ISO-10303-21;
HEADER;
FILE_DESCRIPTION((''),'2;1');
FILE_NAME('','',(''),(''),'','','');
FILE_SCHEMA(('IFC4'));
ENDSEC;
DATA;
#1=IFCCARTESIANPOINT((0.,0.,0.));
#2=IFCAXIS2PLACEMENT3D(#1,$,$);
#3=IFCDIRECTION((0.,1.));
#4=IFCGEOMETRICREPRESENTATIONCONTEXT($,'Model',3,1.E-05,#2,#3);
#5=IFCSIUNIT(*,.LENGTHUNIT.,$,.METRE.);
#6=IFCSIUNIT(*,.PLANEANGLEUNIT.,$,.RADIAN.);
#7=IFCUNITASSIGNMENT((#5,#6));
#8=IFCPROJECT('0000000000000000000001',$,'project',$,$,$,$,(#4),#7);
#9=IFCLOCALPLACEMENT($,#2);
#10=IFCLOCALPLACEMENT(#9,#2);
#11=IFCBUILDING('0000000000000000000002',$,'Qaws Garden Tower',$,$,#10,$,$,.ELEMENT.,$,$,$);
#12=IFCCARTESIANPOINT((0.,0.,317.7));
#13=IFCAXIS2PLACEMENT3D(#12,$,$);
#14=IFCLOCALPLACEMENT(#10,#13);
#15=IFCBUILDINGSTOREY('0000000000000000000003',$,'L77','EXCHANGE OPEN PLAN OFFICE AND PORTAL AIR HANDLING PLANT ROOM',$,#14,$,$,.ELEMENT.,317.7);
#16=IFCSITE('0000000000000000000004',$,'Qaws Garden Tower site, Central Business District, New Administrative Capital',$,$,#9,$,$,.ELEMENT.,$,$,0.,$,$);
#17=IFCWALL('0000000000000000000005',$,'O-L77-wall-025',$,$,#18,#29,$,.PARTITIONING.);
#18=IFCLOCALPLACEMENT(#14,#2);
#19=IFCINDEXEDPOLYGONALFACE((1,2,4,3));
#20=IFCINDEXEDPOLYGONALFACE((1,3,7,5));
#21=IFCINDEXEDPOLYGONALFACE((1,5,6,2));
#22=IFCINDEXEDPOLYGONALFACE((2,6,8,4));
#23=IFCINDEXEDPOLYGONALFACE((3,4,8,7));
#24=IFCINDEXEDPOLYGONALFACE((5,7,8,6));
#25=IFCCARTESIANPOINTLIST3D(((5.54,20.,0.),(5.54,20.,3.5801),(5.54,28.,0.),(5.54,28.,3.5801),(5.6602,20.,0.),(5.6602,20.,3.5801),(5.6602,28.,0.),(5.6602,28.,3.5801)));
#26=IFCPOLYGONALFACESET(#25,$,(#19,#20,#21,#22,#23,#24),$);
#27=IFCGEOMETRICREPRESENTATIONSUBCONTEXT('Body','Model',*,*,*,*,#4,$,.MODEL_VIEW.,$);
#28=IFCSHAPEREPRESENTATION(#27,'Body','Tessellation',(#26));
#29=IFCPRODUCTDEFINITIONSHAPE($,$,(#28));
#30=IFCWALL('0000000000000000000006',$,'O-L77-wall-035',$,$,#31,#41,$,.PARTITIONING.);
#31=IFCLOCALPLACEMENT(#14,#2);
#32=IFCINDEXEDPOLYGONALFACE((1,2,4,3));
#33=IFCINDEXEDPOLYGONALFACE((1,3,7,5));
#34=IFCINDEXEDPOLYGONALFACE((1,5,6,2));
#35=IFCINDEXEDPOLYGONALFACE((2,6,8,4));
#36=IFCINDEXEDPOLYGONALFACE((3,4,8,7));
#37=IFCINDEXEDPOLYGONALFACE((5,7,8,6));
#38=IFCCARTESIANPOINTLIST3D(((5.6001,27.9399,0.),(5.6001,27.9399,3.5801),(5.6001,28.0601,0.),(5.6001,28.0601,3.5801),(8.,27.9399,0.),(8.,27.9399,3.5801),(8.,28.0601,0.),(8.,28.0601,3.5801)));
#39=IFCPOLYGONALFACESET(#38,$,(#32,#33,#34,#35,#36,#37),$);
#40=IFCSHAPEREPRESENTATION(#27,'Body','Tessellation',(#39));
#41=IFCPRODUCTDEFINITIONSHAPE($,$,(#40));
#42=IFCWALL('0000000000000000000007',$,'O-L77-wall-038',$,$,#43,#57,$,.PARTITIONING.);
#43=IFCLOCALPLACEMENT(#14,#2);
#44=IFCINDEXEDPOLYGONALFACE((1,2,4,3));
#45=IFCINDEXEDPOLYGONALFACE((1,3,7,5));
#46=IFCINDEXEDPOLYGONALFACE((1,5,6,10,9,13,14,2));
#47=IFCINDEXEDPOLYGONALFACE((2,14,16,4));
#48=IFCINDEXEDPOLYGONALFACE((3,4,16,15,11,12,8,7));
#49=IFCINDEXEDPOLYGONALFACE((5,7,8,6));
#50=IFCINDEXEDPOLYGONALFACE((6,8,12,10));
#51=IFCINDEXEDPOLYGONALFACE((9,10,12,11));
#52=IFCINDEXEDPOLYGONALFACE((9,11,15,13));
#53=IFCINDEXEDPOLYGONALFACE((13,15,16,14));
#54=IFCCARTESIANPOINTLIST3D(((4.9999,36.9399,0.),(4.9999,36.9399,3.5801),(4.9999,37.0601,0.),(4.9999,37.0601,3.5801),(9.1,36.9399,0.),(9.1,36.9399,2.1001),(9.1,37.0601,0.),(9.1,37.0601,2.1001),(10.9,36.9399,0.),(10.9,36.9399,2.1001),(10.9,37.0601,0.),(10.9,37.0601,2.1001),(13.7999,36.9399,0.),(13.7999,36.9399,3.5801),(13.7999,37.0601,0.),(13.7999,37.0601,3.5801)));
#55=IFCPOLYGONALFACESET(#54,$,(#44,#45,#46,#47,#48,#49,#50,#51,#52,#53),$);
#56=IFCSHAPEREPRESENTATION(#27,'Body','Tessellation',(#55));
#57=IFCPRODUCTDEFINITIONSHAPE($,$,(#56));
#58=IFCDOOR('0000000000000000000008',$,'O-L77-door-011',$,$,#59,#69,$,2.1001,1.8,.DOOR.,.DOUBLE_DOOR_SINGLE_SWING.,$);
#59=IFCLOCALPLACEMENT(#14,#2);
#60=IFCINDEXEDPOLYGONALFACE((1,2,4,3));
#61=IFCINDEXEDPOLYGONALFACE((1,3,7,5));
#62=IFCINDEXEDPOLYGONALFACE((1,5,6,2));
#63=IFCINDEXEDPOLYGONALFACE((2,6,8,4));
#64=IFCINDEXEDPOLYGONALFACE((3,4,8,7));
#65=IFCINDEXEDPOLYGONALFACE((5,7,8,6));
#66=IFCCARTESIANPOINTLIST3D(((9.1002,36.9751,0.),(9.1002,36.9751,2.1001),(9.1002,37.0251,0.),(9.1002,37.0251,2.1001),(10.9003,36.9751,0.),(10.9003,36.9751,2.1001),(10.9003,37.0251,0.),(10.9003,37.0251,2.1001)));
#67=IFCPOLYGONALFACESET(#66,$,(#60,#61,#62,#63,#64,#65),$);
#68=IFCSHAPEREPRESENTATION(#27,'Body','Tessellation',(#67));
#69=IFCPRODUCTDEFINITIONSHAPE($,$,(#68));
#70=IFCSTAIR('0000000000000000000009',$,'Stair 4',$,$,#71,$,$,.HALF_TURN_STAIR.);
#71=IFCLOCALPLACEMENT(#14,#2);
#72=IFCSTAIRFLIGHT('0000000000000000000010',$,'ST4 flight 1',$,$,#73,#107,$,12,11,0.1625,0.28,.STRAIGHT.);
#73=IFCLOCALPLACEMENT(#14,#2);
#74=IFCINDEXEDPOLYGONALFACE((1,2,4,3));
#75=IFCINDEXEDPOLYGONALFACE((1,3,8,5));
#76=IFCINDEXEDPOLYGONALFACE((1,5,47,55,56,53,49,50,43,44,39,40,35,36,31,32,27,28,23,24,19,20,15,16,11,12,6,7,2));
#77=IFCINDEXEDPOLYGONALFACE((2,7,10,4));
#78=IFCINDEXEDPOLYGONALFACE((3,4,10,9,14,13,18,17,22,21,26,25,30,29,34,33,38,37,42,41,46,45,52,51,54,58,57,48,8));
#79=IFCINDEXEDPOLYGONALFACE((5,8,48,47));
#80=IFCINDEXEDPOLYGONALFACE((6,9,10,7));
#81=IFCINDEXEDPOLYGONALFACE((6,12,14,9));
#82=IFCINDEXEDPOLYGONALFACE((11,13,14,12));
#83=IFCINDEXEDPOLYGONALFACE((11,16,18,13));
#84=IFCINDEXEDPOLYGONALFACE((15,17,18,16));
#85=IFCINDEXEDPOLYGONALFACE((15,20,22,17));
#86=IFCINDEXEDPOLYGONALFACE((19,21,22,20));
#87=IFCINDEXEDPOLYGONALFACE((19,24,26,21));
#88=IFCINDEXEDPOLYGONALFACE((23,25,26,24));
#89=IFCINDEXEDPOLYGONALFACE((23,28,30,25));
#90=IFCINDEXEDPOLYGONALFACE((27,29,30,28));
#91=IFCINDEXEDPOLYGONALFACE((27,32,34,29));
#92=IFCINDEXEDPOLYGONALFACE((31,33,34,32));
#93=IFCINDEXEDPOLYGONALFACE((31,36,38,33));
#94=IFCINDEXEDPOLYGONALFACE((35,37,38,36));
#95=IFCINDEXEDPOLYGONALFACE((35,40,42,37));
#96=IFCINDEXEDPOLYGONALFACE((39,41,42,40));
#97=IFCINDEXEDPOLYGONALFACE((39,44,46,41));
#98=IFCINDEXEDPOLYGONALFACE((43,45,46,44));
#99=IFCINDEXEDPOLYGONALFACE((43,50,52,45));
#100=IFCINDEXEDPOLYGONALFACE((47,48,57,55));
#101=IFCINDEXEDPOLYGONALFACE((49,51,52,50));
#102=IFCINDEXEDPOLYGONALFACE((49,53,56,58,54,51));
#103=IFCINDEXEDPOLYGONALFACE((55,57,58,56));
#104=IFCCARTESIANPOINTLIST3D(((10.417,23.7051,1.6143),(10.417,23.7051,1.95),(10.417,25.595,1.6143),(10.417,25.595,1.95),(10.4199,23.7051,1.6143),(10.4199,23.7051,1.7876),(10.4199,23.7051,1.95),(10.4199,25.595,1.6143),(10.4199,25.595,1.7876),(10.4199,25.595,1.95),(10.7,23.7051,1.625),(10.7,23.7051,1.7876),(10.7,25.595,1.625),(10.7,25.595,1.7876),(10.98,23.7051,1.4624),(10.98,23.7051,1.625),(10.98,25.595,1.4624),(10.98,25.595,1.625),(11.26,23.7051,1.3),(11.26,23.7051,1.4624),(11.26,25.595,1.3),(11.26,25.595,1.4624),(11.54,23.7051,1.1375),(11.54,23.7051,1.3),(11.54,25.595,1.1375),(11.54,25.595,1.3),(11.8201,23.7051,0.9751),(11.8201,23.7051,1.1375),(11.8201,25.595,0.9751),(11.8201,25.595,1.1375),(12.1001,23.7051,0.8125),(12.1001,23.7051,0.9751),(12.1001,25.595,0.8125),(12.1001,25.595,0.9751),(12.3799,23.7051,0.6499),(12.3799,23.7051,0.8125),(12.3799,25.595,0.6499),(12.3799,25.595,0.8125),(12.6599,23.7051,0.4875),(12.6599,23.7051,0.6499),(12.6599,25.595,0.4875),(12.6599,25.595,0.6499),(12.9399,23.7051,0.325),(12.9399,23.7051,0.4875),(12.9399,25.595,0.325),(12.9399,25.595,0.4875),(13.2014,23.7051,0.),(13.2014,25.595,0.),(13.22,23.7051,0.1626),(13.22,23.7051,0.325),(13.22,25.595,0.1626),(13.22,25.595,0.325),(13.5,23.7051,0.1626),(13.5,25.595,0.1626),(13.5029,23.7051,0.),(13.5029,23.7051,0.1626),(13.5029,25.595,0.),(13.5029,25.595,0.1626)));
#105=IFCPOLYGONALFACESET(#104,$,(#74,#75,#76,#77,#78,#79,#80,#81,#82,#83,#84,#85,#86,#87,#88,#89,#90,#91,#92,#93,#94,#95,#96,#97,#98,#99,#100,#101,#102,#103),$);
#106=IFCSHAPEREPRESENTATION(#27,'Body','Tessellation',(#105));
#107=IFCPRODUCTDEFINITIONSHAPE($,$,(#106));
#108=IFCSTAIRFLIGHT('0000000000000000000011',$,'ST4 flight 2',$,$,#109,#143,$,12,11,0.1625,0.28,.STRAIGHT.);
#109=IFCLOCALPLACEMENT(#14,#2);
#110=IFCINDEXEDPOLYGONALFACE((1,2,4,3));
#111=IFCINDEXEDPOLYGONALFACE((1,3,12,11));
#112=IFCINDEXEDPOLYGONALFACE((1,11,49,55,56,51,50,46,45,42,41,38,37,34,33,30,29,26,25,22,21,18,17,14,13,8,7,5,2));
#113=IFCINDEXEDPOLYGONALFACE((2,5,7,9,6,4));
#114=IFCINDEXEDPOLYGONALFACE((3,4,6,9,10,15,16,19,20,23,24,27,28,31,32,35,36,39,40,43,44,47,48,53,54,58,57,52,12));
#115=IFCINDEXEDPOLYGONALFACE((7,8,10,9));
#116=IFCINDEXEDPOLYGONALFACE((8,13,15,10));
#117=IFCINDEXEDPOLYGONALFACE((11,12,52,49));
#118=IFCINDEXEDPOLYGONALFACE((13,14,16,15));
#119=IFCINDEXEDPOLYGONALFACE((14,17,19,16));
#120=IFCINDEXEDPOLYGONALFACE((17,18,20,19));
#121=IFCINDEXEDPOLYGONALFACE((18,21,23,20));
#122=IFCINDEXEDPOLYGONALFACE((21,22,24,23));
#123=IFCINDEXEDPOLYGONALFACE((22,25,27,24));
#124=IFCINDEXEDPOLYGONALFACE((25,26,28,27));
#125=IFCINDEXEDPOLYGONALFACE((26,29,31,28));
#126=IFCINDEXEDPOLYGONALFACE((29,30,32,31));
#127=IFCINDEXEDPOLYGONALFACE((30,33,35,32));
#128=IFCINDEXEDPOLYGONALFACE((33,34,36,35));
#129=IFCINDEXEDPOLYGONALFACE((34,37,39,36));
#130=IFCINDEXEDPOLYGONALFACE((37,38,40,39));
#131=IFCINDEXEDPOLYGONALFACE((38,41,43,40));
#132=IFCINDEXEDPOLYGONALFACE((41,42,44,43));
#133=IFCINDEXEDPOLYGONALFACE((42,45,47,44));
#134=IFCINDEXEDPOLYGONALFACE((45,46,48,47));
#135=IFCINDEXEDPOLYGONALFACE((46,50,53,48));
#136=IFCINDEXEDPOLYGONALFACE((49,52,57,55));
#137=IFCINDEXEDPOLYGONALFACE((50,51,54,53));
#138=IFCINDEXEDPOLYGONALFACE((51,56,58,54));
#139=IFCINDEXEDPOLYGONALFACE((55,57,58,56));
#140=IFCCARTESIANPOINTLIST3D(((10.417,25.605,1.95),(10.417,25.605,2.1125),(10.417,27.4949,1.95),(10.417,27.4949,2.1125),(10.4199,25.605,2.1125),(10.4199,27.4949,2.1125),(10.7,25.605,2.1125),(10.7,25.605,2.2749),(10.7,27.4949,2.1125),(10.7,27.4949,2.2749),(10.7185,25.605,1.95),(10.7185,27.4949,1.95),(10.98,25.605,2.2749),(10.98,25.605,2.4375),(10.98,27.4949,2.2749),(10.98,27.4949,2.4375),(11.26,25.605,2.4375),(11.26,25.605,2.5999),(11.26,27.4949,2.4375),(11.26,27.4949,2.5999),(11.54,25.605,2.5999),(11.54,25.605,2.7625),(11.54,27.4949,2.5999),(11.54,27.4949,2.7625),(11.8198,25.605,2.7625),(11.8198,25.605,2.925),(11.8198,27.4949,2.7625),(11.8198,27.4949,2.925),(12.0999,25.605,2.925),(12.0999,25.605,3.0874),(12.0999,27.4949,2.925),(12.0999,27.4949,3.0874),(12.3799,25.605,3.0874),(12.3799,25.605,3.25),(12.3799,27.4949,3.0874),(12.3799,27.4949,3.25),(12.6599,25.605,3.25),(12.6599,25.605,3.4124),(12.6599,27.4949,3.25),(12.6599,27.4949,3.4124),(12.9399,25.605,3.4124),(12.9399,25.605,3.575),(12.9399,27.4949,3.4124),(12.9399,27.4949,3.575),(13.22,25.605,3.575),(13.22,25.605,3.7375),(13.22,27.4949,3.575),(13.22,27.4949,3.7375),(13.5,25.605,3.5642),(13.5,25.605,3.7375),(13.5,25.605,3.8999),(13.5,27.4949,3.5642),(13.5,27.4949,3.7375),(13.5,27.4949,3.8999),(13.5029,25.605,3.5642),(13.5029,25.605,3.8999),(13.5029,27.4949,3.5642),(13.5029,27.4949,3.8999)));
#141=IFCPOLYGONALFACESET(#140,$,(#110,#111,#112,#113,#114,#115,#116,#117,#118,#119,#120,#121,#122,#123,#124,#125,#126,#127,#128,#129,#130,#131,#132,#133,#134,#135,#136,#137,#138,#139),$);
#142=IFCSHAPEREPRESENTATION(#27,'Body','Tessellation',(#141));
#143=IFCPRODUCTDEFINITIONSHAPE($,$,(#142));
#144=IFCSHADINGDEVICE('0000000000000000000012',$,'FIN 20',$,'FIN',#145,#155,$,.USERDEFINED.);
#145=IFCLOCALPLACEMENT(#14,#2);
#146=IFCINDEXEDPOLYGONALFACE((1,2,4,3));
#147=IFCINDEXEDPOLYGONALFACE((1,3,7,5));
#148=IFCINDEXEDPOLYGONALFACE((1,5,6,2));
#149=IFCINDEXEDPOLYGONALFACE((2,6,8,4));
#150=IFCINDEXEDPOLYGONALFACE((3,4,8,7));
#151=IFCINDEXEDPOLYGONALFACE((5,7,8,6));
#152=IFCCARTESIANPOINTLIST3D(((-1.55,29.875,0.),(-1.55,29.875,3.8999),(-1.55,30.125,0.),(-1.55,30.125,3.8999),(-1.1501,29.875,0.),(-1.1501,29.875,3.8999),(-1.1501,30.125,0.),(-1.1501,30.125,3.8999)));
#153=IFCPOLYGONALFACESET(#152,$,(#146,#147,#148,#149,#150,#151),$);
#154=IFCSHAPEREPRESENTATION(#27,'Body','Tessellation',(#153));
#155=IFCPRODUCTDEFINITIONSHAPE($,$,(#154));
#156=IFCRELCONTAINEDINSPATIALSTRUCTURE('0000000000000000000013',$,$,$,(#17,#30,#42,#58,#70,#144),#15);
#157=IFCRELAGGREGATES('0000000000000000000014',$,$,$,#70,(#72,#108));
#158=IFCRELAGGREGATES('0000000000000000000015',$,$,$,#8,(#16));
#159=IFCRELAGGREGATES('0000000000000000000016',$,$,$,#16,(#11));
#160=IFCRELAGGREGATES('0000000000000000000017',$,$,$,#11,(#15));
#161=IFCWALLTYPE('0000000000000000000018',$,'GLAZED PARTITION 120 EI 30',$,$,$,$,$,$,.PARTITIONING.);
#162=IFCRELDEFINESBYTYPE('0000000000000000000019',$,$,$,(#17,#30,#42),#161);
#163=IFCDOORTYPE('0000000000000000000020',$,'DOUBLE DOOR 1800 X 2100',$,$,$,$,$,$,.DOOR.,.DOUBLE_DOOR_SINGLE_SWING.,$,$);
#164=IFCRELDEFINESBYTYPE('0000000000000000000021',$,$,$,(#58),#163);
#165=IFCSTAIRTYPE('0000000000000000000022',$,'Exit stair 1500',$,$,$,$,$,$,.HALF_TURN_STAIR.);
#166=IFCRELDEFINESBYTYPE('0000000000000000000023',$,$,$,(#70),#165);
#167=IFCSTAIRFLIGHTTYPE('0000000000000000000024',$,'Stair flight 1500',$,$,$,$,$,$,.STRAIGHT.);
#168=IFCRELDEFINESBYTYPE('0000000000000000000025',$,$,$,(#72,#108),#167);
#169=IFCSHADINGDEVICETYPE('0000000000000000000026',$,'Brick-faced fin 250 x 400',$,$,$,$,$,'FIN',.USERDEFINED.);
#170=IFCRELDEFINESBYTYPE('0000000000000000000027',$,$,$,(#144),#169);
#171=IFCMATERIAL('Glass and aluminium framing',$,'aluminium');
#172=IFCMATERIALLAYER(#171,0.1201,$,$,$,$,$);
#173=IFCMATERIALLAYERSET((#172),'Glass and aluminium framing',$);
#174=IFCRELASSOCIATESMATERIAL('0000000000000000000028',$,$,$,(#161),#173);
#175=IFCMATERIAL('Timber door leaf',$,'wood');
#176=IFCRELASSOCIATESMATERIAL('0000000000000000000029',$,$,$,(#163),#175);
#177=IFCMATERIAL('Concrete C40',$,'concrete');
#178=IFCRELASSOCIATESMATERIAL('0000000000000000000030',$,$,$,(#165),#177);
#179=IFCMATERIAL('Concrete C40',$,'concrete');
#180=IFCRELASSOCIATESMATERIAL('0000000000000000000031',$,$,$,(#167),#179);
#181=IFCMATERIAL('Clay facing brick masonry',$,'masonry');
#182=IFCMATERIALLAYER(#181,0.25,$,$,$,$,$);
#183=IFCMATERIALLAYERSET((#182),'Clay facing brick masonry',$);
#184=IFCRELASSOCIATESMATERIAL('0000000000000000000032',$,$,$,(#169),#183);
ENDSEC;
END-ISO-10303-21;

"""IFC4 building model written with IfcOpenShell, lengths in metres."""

from ifc_helpers import new_model, si_unit, direction, frame, frame_2d, origin, origin_2d, place, context, subcontext, project, spatial, polyline, rectangle, outline, extrude, material, layer, layer_set, type_object, element, fill, aggregate, save


model = new_model("IFC4")

# Units and contexts
model_context = context("Model", 3, precision=1e-05, world=origin(), true_north=direction((0.0, 1.0)))
body_context = subcontext(model_context, "Body", "Model", "MODEL_VIEW")
ifc_project = project(units=[si_unit("LENGTHUNIT", "METRE"), si_unit("PLANEANGLEUNIT", "RADIAN")], contexts=[model_context])

# Site, building, storey
site_placement = place(None, origin())
site = spatial("IfcSite", under=ifc_project, at=site_placement, Name="Qaws Garden Tower site, Central Business District, New Administrative Capital", CompositionType="ELEMENT", RefElevation=0.0)
building_placement = place(site_placement, origin())
building = spatial("IfcBuilding", under=site, at=building_placement, Name="Qaws Garden Tower", CompositionType="ELEMENT")
storey_placement = place(building_placement, frame((0.0, 0.0, 317.7)))
storey = spatial("IfcBuildingStorey", under=building, at=storey_placement, Name="L77", Description="EXCHANGE OPEN PLAN OFFICE AND PORTAL AIR HANDLING PLANT ROOM", CompositionType="ELEMENT", Elevation=317.7)

# Shared definitions
placement = place(storey_placement, origin())

# Walls
ifc_material_1 = material(Name="Glass and aluminium framing", Category="aluminium")
ifc_layer_1 = layer(ifc_material_1, 0.1201)
ifc_layer_set_1 = layer_set([ifc_layer_1], Name="Glass and aluminium framing")
wall_type_1 = type_object("IfcWallType", Name="GLAZED PARTITION 120 EI 30", PredefinedType="PARTITIONING", material=ifc_layer_set_1)
wall_1_placement = place(storey_placement, frame((5.6001, 20.0, 0.0), z_axis=(0.0, 0.0, 1.0), x_axis=(0.0, 1.0, 0.0)))
element("IfcWall", 1, at=wall_1_placement, inside=storey, type_object=wall_type_1, Name="O-L77-wall-025", PredefinedType="PARTITIONING", context=body_context, shape_type="SweptSolid", body=[
    extrude(rectangle(XDim=8.0, YDim=0.1201, at=frame_2d((4.0, 0.0))), origin(), (0.0, 0.0, 1.0), 3.5801),
])
wall_2_placement = place(storey_placement, frame((5.6001, 28.0, 0.0), z_axis=(0.0, 0.0, 1.0), x_axis=(1.0, 0.0, 0.0)))
element("IfcWall", 2, at=wall_2_placement, inside=storey, type_object=wall_type_1, Name="O-L77-wall-035", PredefinedType="PARTITIONING", context=body_context, shape_type="SweptSolid", body=[
    extrude(rectangle(XDim=2.3999, YDim=0.1201, at=frame_2d((1.2, 0.0))), origin(), (0.0, 0.0, 1.0), 3.5801),
])

# Wall, opening, door
wall_3_placement = place(storey_placement, frame((5.0, 37.0, 0.0), z_axis=(0.0, 0.0, 1.0), x_axis=(1.0, 0.0, 0.0)))
wall_3 = element("IfcWall", 3, at=wall_3_placement, inside=storey, type_object=wall_type_1, Name="O-L77-wall-038", PredefinedType="PARTITIONING", context=body_context, shape_type="SweptSolid", body=[
    extrude(rectangle(XDim=8.8, YDim=0.1201, at=frame_2d((4.3999, 0.0))), origin(), (0.0, 0.0, 1.0), 3.5801),
])
opening_placement = place(wall_3_placement, frame((4.1001, 0.0, 0.0)))
opening = element("IfcOpeningElement", 4, at=opening_placement, cuts=wall_3, PredefinedType="OPENING", context=body_context, shape_type="SweptSolid", body=[
    extrude(rectangle(XDim=1.8, YDim=2.1001, at=frame_2d((0.8999, 1.05))), frame((0.0, 0.0701, 0.0), z_axis=(0.0, -1.0, 0.0), x_axis=(1.0, 0.0, 0.0)), (0.0, 0.0, 1.0), 0.1401),
])
ifc_material_2 = material(Name="Timber door leaf", Category="wood")
door_type = type_object("IfcDoorType", Name="DOUBLE DOOR 1800 X 2100", OperationType="DOUBLE_DOOR_SINGLE_SWING", PredefinedType="DOOR", material=ifc_material_2)
door_placement = place(opening_placement, frame((1.8, 0.0, 0.0), z_axis=(0.0, 0.0, 1.0), x_axis=(-1.0, 0.0, 0.0)))
door = element("IfcDoor", 5, at=door_placement, inside=storey, type_object=door_type, Name="O-L77-door-011", OperationType="DOUBLE_DOOR_SINGLE_SWING", OverallHeight=2.1001, OverallWidth=1.8, PredefinedType="DOOR", context=body_context, shape_type="SweptSolid", body=[
    extrude(rectangle(XDim=1.8, YDim=2.1001, at=frame_2d((0.8999, 1.05))), frame((0.0, 0.0249, 0.0), z_axis=(0.0, -1.0, 0.0), x_axis=(1.0, 0.0, 0.0)), (0.0, 0.0, 1.0), 0.05),
])
fill(opening, door)

# Stair, stair flights
ifc_material_3 = material(Name="Concrete C40", Category="concrete")
stair_type = type_object("IfcStairType", Name="Exit stair 1500", PredefinedType="HALF_TURN_STAIR", material=ifc_material_3)
stair = element("IfcStair", 6, at=placement, inside=storey, type_object=stair_type, Name="Stair 4", PredefinedType="HALF_TURN_STAIR")
ifc_material_4 = material(Name="Concrete C40", Category="concrete")
stair_flight_type = type_object("IfcStairFlightType", Name="Stair flight 1500", PredefinedType="STRAIGHT", material=ifc_material_4)
stair_flight_1_placement = place(storey_placement, frame((13.5, 24.6499, 0.0), z_axis=(0.0, 0.0, 1.0), x_axis=(-1.0, 0.0, 0.0)))
stair_flight_1 = element("IfcStairFlight", 7, at=stair_flight_1_placement, type_object=stair_flight_type, Name="ST4 flight 1", NumberOfRisers=12, NumberOfTreads=11, PredefinedType="STRAIGHT", RiserHeight=0.1625, TreadLength=0.28, context=body_context, shape_type="SweptSolid", body=[
    extrude(outline(polyline([(-0.0029, 0.0), (-0.0029, 0.1626), (0.0, 0.1626), (0.28, 0.1626), (0.28, 0.325), (0.5601, 0.325), (0.5601, 0.4875), (0.8401, 0.4875), (0.8401, 0.6499), (1.1201, 0.6499), (1.1201, 0.8125), (1.3999, 0.8125), (1.3999, 0.9751), (1.6799, 0.9751), (1.6799, 1.1375), (1.96, 1.1375), (1.96, 1.3), (2.24, 1.3), (2.24, 1.4624), (2.52, 1.4624), (2.52, 1.625), (2.8, 1.625), (2.8, 1.7876), (3.0801, 1.7876), (3.0801, 1.95), (3.083, 1.95), (3.083, 1.6143), (3.0801, 1.6143), (0.2986, 0.0), (-0.0029, 0.0)])), frame((0.0, 0.9448, 0.0), z_axis=(0.0, -1.0, 0.0), x_axis=(1.0, 0.0, 0.0)), (0.0, 0.0, 1.0), 1.8899),
])
stair_flight_2_placement = place(storey_placement, frame((10.4199, 26.55, 1.95), z_axis=(0.0, 0.0, 1.0), x_axis=(1.0, 0.0, 0.0)))
stair_flight_2 = element("IfcStairFlight", 8, at=stair_flight_2_placement, type_object=stair_flight_type, Name="ST4 flight 2", NumberOfRisers=12, NumberOfTreads=11, PredefinedType="STRAIGHT", RiserHeight=0.1625, TreadLength=0.28, context=body_context, shape_type="SweptSolid", body=[
    extrude(outline(polyline([(-0.0029, 0.0), (-0.0029, 0.1626), (0.0, 0.1626), (0.28, 0.1626), (0.28, 0.325), (0.5601, 0.325), (0.5601, 0.4875), (0.8401, 0.4875), (0.8401, 0.6499), (1.1201, 0.6499), (1.1201, 0.8125), (1.3999, 0.8125), (1.3999, 0.9751), (1.6799, 0.9751), (1.6799, 1.1375), (1.96, 1.1375), (1.96, 1.3), (2.24, 1.3), (2.24, 1.4624), (2.52, 1.4624), (2.52, 1.625), (2.8, 1.625), (2.8, 1.7876), (3.0801, 1.7876), (3.0801, 1.95), (3.083, 1.95), (3.083, 1.6143), (3.0801, 1.6143), (0.2986, 0.0), (-0.0029, 0.0)])), frame((0.0, 0.9448, 0.0), z_axis=(0.0, -1.0, 0.0), x_axis=(1.0, 0.0, 0.0)), (0.0, 0.0, 1.0), 1.8899),
])
aggregate(stair, [stair_flight_1, stair_flight_2])

# Shading device
ifc_material_5 = material(Name="Clay facing brick masonry", Category="masonry")
ifc_layer_2 = layer(ifc_material_5, 0.25)
ifc_layer_set_2 = layer_set([ifc_layer_2], Name="Clay facing brick masonry")
shading_device_type = type_object("IfcShadingDeviceType", Name="Brick-faced fin 250 x 400", ElementType="FIN", PredefinedType="USERDEFINED", material=ifc_layer_set_2)
shading_device_placement = place(storey_placement, frame((-1.3501, 30.0, 0.0), z_axis=(0.0, 0.0, 1.0), x_axis=(0.0, -1.0, 0.0)))
element("IfcShadingDevice", 9, at=shading_device_placement, inside=storey, type_object=shading_device_type, Name="FIN 20", ObjectType="FIN", PredefinedType="USERDEFINED", context=body_context, shape_type="SweptSolid", body=[
    extrude(rectangle(XDim=0.25, YDim=0.3999, at=origin_2d()), origin(), (0.0, 0.0, 1.0), 3.8999),
])

save(model, "model.ifc")
